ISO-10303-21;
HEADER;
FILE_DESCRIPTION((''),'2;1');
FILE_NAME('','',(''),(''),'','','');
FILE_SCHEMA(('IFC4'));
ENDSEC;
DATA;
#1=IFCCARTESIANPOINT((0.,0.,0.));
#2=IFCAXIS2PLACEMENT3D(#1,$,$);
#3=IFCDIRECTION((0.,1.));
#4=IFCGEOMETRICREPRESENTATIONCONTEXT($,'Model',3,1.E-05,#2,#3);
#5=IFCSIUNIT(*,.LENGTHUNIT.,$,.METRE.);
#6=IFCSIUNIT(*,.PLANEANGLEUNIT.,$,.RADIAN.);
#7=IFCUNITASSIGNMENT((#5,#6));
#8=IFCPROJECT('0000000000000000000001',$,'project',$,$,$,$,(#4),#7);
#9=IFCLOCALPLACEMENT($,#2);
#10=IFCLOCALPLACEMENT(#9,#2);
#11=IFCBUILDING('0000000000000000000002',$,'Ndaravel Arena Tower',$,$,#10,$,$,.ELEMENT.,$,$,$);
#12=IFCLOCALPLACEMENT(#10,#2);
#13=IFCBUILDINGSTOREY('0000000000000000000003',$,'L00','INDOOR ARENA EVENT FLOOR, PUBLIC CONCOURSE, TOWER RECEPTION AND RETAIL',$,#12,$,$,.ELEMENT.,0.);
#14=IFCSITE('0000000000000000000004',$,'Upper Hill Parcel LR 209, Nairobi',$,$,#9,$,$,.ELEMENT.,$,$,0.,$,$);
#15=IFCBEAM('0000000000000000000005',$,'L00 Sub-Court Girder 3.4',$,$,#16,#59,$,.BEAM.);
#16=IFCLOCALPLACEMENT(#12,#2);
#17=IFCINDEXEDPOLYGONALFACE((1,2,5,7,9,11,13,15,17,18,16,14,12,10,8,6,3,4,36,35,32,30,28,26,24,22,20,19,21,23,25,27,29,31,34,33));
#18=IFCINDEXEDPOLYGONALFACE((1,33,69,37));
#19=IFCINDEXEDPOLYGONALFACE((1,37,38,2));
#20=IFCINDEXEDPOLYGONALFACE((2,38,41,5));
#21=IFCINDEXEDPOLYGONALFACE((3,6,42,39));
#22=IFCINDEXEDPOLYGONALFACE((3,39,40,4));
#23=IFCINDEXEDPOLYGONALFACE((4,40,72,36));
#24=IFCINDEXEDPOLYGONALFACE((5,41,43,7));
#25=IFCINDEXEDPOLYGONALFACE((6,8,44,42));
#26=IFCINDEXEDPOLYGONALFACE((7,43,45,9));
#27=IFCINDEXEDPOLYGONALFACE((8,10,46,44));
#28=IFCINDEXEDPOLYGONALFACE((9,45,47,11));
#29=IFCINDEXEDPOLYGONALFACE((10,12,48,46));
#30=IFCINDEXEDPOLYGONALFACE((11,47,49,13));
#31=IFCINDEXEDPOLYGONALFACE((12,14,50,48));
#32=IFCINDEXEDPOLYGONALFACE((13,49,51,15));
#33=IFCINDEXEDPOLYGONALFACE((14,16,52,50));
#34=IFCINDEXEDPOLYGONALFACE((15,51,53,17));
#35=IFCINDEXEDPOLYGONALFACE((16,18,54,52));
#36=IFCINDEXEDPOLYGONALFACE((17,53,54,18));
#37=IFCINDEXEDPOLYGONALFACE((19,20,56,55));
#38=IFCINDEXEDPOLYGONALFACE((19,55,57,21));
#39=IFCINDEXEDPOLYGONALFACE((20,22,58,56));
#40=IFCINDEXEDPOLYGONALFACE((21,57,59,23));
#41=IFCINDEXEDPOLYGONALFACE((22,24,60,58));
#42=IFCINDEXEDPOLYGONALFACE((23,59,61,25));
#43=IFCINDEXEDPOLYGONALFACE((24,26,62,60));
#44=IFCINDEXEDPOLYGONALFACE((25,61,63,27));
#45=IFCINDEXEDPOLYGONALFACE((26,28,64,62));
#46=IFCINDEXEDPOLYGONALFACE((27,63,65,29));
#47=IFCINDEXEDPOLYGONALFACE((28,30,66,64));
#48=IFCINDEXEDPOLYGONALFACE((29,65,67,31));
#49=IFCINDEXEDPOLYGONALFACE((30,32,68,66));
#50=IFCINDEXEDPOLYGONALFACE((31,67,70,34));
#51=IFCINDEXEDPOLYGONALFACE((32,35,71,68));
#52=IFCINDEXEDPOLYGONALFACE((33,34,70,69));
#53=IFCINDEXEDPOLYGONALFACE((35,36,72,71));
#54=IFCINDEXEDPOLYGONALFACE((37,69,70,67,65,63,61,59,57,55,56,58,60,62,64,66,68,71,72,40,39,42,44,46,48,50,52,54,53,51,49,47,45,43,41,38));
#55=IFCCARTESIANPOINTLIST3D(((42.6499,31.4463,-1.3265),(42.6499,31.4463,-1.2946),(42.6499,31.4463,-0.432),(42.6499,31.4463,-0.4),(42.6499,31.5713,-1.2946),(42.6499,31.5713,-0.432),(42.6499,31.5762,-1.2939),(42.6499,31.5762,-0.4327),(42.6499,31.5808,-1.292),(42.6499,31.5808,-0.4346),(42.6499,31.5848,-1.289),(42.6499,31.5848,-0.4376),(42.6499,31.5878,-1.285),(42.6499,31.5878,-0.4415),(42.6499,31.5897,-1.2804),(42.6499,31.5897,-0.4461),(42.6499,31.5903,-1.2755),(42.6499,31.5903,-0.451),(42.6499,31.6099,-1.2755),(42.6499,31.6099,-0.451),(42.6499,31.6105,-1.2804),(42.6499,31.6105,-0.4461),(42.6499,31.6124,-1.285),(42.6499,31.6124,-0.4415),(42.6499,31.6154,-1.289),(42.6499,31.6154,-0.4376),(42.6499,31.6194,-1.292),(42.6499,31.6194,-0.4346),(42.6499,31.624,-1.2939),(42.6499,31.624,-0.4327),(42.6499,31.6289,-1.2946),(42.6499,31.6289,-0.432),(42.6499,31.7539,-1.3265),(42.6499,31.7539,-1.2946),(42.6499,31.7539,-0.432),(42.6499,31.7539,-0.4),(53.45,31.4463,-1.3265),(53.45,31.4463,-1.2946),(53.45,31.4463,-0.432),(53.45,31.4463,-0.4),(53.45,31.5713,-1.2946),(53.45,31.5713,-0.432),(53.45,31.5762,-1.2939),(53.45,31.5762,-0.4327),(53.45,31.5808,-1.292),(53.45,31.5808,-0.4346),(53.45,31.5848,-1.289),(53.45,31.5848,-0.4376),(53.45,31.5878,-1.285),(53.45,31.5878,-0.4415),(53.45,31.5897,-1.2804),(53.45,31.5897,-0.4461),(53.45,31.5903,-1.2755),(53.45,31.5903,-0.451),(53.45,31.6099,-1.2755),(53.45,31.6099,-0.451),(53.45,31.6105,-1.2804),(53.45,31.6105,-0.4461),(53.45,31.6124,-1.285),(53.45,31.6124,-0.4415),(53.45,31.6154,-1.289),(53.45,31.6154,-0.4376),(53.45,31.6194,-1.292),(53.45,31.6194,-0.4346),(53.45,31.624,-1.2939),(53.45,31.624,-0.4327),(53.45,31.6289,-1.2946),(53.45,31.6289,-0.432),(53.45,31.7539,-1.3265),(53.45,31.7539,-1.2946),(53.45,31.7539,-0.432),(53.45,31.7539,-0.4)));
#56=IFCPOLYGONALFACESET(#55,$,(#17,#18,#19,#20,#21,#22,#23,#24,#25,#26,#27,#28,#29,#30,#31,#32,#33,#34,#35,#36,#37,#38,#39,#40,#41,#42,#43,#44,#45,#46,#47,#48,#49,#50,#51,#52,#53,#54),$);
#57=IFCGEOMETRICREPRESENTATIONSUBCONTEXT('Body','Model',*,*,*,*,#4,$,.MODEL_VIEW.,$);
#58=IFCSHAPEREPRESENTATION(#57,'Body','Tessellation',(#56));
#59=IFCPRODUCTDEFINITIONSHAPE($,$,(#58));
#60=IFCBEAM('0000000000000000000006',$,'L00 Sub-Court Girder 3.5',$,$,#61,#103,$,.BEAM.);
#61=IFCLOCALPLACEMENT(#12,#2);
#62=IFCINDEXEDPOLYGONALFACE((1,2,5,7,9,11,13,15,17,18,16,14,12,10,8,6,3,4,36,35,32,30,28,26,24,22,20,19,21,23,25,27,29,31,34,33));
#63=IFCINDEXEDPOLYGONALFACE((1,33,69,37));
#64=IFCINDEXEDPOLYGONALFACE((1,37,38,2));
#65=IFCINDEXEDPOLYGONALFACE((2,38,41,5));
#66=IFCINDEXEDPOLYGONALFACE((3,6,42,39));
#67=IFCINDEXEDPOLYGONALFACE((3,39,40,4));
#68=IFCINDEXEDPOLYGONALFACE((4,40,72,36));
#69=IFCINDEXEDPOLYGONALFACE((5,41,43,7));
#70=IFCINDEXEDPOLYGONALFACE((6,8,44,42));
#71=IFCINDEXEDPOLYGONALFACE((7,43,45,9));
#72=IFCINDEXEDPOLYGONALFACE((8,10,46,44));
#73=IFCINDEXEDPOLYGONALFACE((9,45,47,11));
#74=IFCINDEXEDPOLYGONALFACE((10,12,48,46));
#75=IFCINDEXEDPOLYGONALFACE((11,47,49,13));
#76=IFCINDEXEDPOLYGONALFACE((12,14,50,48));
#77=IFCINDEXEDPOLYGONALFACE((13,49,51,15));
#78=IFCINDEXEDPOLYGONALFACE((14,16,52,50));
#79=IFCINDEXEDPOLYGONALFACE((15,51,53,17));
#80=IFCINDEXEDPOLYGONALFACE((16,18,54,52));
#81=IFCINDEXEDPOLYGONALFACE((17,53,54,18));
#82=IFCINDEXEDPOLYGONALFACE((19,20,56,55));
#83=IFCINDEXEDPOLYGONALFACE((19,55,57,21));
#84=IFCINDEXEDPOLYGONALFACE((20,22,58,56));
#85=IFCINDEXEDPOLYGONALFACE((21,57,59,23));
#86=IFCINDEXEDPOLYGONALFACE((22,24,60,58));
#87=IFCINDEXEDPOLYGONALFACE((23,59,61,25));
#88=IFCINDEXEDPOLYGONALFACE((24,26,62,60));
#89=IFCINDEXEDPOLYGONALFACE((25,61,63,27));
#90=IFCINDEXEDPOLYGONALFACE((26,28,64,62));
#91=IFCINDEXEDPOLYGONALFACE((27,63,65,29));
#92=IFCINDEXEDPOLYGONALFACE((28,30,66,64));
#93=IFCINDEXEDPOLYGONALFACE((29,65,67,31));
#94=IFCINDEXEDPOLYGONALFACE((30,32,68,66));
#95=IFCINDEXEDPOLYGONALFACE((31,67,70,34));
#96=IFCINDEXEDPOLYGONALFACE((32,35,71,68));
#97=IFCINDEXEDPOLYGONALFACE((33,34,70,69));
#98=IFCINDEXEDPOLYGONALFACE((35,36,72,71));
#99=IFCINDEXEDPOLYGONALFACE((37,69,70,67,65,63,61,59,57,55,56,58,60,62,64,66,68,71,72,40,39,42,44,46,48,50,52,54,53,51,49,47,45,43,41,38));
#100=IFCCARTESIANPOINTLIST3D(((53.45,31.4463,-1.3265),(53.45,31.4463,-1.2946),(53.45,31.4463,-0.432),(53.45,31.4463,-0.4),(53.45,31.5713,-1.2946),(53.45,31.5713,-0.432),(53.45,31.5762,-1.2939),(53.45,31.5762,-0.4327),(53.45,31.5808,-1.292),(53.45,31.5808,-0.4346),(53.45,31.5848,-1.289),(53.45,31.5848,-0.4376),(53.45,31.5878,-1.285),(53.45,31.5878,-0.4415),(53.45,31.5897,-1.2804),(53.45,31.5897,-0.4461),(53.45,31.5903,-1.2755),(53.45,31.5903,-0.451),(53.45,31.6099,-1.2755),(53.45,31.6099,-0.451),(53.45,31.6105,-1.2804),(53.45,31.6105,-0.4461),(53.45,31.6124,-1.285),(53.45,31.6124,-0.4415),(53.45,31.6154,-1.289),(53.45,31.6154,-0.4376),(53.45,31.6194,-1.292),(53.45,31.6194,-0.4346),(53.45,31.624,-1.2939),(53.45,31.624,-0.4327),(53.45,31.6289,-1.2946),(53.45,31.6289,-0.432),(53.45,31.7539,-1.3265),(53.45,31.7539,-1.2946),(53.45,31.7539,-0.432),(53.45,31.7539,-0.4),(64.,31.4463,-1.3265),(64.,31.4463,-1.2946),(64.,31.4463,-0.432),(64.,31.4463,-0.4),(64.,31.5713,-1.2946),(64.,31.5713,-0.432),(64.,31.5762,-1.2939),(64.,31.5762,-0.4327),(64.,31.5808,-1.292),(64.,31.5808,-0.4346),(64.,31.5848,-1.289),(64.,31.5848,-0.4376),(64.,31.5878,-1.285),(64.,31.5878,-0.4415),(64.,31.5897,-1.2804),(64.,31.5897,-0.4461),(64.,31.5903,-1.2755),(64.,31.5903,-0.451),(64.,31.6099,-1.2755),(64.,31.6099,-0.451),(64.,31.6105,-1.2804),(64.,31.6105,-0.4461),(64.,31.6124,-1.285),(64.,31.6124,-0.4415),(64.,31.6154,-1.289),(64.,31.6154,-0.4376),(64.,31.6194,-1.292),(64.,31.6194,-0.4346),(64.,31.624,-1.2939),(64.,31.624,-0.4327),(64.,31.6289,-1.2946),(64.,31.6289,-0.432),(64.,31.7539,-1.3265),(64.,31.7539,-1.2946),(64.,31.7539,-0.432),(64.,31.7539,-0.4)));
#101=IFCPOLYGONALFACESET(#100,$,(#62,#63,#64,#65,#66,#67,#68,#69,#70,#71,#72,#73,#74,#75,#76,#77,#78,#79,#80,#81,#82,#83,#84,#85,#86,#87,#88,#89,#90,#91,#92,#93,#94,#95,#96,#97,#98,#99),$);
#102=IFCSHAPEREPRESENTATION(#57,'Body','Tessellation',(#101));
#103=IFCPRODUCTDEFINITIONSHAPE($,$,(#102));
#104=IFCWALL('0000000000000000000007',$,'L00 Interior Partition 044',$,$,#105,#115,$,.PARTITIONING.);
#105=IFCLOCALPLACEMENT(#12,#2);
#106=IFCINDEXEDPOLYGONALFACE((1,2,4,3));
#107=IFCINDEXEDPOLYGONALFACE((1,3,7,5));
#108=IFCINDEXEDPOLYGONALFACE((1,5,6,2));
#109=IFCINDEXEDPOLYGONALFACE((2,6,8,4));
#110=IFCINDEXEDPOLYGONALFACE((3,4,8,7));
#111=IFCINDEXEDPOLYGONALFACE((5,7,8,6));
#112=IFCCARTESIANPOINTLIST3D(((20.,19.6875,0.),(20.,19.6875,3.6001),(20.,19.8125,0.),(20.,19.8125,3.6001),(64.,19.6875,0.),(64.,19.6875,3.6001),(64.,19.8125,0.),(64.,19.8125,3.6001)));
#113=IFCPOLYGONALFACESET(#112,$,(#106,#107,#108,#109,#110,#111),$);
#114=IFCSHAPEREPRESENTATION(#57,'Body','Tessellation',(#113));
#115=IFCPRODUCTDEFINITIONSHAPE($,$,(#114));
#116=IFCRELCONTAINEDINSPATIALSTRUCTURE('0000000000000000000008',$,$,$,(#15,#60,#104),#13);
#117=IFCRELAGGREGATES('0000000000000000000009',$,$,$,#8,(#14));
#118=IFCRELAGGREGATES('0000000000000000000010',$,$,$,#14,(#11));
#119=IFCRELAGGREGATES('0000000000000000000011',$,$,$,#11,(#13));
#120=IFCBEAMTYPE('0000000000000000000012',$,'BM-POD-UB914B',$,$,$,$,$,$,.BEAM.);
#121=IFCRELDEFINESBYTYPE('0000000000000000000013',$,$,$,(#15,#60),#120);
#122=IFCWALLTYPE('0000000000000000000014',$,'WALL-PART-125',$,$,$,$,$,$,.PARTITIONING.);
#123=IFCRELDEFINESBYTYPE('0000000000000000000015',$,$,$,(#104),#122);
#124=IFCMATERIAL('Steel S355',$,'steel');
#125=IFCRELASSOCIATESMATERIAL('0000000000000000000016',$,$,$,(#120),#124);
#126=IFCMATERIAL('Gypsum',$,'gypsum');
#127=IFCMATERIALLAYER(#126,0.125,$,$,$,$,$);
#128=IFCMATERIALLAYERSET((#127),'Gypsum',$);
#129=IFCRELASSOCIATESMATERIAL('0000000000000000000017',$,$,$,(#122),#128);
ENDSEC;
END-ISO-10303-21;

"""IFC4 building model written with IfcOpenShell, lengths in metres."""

from ifc_helpers import new_model, si_unit, direction, frame, frame_2d, origin, origin_2d, place, context, subcontext, project, spatial, rectangle, i_section, extrude, material, layer, layer_set, material_profile, profile_set, type_object, element, save


model = new_model("IFC4")

# Units and contexts
model_context = context("Model", 3, precision=1e-05, world=origin(), true_north=direction((0.0, 1.0)))
body_context = subcontext(model_context, "Body", "Model", "MODEL_VIEW")
ifc_project = project(units=[si_unit("LENGTHUNIT", "METRE"), si_unit("PLANEANGLEUNIT", "RADIAN")], contexts=[model_context])

# Site, building, storey
site_placement = place(None, origin())
site = spatial("IfcSite", under=ifc_project, at=site_placement, Name="Upper Hill Parcel LR 209, Nairobi", CompositionType="ELEMENT", RefElevation=0.0)
building_placement = place(site_placement, origin())
building = spatial("IfcBuilding", under=site, at=building_placement, Name="Ndaravel Arena Tower", CompositionType="ELEMENT")
storey_placement = place(building_placement, origin())
storey = spatial("IfcBuildingStorey", under=building, at=storey_placement, Name="L00", Description="INDOOR ARENA EVENT FLOOR, PUBLIC CONCOURSE, TOWER RECEPTION AND RETAIL", CompositionType="ELEMENT", Elevation=0.0)

# Beams
ifc_material_1 = material(Name="Steel S355", Category="steel")
ifc_material_profile_1 = material_profile(ifc_material_1, i_section(OverallWidth=0.3076, OverallDepth=0.9265, WebThickness=0.0195, FlangeThickness=0.032, FilletRadius=0.019, at=origin_2d()), Name="UB 914x305x289")
ifc_profile_set_1 = profile_set([ifc_material_profile_1], Name="Steel S355")
beam_type_1 = type_object("IfcBeamType", Name="BM-POD-UB914B", PredefinedType="BEAM", material=ifc_profile_set_1)
beam_1_placement = place(storey_placement, frame((42.6499, 31.6001, -0.8633), z_axis=(1.0, 0.0, 0.0), x_axis=(0.0, 1.0, 0.0)))
element("IfcBeam", 1, at=beam_1_placement, inside=storey, type_object=beam_type_1, Name="L00 Sub-Court Girder 3.4", PredefinedType="BEAM", context=body_context, shape_type="SweptSolid", body=[
    extrude(i_section(OverallWidth=0.3076, OverallDepth=0.9265, WebThickness=0.0195, FlangeThickness=0.032, FilletRadius=0.019, at=origin_2d()), origin(), (0.0, 0.0, 1.0), 10.8),
])
beam_2_placement = place(storey_placement, frame((53.45, 31.6001, -0.8633), z_axis=(1.0, 0.0, 0.0), x_axis=(0.0, 1.0, 0.0)))
element("IfcBeam", 2, at=beam_2_placement, inside=storey, type_object=beam_type_1, Name="L00 Sub-Court Girder 3.5", PredefinedType="BEAM", context=body_context, shape_type="SweptSolid", body=[
    extrude(i_section(OverallWidth=0.3076, OverallDepth=0.9265, WebThickness=0.0195, FlangeThickness=0.032, FilletRadius=0.019, at=origin_2d()), origin(), (0.0, 0.0, 1.0), 10.55),
])

# Wall
ifc_material_2 = material(Name="Gypsum", Category="gypsum")
ifc_layer = layer(ifc_material_2, 0.125)
ifc_layer_set = layer_set([ifc_layer], Name="Gypsum")
wall_type = type_object("IfcWallType", Name="WALL-PART-125", PredefinedType="PARTITIONING", material=ifc_layer_set)
wall_placement = place(storey_placement, frame((64.0, 19.75, 0.0), z_axis=(0.0, 0.0, 1.0), x_axis=(-1.0, 0.0, 0.0)))
element("IfcWall", 3, at=wall_placement, inside=storey, type_object=wall_type, Name="L00 Interior Partition 044", PredefinedType="PARTITIONING", context=body_context, shape_type="SweptSolid", body=[
    extrude(rectangle(XDim=44.0, YDim=0.125, at=frame_2d((22.0, 0.0))), origin(), (0.0, 0.0, 1.0), 3.6001),
])

save(model, "model.ifc")
